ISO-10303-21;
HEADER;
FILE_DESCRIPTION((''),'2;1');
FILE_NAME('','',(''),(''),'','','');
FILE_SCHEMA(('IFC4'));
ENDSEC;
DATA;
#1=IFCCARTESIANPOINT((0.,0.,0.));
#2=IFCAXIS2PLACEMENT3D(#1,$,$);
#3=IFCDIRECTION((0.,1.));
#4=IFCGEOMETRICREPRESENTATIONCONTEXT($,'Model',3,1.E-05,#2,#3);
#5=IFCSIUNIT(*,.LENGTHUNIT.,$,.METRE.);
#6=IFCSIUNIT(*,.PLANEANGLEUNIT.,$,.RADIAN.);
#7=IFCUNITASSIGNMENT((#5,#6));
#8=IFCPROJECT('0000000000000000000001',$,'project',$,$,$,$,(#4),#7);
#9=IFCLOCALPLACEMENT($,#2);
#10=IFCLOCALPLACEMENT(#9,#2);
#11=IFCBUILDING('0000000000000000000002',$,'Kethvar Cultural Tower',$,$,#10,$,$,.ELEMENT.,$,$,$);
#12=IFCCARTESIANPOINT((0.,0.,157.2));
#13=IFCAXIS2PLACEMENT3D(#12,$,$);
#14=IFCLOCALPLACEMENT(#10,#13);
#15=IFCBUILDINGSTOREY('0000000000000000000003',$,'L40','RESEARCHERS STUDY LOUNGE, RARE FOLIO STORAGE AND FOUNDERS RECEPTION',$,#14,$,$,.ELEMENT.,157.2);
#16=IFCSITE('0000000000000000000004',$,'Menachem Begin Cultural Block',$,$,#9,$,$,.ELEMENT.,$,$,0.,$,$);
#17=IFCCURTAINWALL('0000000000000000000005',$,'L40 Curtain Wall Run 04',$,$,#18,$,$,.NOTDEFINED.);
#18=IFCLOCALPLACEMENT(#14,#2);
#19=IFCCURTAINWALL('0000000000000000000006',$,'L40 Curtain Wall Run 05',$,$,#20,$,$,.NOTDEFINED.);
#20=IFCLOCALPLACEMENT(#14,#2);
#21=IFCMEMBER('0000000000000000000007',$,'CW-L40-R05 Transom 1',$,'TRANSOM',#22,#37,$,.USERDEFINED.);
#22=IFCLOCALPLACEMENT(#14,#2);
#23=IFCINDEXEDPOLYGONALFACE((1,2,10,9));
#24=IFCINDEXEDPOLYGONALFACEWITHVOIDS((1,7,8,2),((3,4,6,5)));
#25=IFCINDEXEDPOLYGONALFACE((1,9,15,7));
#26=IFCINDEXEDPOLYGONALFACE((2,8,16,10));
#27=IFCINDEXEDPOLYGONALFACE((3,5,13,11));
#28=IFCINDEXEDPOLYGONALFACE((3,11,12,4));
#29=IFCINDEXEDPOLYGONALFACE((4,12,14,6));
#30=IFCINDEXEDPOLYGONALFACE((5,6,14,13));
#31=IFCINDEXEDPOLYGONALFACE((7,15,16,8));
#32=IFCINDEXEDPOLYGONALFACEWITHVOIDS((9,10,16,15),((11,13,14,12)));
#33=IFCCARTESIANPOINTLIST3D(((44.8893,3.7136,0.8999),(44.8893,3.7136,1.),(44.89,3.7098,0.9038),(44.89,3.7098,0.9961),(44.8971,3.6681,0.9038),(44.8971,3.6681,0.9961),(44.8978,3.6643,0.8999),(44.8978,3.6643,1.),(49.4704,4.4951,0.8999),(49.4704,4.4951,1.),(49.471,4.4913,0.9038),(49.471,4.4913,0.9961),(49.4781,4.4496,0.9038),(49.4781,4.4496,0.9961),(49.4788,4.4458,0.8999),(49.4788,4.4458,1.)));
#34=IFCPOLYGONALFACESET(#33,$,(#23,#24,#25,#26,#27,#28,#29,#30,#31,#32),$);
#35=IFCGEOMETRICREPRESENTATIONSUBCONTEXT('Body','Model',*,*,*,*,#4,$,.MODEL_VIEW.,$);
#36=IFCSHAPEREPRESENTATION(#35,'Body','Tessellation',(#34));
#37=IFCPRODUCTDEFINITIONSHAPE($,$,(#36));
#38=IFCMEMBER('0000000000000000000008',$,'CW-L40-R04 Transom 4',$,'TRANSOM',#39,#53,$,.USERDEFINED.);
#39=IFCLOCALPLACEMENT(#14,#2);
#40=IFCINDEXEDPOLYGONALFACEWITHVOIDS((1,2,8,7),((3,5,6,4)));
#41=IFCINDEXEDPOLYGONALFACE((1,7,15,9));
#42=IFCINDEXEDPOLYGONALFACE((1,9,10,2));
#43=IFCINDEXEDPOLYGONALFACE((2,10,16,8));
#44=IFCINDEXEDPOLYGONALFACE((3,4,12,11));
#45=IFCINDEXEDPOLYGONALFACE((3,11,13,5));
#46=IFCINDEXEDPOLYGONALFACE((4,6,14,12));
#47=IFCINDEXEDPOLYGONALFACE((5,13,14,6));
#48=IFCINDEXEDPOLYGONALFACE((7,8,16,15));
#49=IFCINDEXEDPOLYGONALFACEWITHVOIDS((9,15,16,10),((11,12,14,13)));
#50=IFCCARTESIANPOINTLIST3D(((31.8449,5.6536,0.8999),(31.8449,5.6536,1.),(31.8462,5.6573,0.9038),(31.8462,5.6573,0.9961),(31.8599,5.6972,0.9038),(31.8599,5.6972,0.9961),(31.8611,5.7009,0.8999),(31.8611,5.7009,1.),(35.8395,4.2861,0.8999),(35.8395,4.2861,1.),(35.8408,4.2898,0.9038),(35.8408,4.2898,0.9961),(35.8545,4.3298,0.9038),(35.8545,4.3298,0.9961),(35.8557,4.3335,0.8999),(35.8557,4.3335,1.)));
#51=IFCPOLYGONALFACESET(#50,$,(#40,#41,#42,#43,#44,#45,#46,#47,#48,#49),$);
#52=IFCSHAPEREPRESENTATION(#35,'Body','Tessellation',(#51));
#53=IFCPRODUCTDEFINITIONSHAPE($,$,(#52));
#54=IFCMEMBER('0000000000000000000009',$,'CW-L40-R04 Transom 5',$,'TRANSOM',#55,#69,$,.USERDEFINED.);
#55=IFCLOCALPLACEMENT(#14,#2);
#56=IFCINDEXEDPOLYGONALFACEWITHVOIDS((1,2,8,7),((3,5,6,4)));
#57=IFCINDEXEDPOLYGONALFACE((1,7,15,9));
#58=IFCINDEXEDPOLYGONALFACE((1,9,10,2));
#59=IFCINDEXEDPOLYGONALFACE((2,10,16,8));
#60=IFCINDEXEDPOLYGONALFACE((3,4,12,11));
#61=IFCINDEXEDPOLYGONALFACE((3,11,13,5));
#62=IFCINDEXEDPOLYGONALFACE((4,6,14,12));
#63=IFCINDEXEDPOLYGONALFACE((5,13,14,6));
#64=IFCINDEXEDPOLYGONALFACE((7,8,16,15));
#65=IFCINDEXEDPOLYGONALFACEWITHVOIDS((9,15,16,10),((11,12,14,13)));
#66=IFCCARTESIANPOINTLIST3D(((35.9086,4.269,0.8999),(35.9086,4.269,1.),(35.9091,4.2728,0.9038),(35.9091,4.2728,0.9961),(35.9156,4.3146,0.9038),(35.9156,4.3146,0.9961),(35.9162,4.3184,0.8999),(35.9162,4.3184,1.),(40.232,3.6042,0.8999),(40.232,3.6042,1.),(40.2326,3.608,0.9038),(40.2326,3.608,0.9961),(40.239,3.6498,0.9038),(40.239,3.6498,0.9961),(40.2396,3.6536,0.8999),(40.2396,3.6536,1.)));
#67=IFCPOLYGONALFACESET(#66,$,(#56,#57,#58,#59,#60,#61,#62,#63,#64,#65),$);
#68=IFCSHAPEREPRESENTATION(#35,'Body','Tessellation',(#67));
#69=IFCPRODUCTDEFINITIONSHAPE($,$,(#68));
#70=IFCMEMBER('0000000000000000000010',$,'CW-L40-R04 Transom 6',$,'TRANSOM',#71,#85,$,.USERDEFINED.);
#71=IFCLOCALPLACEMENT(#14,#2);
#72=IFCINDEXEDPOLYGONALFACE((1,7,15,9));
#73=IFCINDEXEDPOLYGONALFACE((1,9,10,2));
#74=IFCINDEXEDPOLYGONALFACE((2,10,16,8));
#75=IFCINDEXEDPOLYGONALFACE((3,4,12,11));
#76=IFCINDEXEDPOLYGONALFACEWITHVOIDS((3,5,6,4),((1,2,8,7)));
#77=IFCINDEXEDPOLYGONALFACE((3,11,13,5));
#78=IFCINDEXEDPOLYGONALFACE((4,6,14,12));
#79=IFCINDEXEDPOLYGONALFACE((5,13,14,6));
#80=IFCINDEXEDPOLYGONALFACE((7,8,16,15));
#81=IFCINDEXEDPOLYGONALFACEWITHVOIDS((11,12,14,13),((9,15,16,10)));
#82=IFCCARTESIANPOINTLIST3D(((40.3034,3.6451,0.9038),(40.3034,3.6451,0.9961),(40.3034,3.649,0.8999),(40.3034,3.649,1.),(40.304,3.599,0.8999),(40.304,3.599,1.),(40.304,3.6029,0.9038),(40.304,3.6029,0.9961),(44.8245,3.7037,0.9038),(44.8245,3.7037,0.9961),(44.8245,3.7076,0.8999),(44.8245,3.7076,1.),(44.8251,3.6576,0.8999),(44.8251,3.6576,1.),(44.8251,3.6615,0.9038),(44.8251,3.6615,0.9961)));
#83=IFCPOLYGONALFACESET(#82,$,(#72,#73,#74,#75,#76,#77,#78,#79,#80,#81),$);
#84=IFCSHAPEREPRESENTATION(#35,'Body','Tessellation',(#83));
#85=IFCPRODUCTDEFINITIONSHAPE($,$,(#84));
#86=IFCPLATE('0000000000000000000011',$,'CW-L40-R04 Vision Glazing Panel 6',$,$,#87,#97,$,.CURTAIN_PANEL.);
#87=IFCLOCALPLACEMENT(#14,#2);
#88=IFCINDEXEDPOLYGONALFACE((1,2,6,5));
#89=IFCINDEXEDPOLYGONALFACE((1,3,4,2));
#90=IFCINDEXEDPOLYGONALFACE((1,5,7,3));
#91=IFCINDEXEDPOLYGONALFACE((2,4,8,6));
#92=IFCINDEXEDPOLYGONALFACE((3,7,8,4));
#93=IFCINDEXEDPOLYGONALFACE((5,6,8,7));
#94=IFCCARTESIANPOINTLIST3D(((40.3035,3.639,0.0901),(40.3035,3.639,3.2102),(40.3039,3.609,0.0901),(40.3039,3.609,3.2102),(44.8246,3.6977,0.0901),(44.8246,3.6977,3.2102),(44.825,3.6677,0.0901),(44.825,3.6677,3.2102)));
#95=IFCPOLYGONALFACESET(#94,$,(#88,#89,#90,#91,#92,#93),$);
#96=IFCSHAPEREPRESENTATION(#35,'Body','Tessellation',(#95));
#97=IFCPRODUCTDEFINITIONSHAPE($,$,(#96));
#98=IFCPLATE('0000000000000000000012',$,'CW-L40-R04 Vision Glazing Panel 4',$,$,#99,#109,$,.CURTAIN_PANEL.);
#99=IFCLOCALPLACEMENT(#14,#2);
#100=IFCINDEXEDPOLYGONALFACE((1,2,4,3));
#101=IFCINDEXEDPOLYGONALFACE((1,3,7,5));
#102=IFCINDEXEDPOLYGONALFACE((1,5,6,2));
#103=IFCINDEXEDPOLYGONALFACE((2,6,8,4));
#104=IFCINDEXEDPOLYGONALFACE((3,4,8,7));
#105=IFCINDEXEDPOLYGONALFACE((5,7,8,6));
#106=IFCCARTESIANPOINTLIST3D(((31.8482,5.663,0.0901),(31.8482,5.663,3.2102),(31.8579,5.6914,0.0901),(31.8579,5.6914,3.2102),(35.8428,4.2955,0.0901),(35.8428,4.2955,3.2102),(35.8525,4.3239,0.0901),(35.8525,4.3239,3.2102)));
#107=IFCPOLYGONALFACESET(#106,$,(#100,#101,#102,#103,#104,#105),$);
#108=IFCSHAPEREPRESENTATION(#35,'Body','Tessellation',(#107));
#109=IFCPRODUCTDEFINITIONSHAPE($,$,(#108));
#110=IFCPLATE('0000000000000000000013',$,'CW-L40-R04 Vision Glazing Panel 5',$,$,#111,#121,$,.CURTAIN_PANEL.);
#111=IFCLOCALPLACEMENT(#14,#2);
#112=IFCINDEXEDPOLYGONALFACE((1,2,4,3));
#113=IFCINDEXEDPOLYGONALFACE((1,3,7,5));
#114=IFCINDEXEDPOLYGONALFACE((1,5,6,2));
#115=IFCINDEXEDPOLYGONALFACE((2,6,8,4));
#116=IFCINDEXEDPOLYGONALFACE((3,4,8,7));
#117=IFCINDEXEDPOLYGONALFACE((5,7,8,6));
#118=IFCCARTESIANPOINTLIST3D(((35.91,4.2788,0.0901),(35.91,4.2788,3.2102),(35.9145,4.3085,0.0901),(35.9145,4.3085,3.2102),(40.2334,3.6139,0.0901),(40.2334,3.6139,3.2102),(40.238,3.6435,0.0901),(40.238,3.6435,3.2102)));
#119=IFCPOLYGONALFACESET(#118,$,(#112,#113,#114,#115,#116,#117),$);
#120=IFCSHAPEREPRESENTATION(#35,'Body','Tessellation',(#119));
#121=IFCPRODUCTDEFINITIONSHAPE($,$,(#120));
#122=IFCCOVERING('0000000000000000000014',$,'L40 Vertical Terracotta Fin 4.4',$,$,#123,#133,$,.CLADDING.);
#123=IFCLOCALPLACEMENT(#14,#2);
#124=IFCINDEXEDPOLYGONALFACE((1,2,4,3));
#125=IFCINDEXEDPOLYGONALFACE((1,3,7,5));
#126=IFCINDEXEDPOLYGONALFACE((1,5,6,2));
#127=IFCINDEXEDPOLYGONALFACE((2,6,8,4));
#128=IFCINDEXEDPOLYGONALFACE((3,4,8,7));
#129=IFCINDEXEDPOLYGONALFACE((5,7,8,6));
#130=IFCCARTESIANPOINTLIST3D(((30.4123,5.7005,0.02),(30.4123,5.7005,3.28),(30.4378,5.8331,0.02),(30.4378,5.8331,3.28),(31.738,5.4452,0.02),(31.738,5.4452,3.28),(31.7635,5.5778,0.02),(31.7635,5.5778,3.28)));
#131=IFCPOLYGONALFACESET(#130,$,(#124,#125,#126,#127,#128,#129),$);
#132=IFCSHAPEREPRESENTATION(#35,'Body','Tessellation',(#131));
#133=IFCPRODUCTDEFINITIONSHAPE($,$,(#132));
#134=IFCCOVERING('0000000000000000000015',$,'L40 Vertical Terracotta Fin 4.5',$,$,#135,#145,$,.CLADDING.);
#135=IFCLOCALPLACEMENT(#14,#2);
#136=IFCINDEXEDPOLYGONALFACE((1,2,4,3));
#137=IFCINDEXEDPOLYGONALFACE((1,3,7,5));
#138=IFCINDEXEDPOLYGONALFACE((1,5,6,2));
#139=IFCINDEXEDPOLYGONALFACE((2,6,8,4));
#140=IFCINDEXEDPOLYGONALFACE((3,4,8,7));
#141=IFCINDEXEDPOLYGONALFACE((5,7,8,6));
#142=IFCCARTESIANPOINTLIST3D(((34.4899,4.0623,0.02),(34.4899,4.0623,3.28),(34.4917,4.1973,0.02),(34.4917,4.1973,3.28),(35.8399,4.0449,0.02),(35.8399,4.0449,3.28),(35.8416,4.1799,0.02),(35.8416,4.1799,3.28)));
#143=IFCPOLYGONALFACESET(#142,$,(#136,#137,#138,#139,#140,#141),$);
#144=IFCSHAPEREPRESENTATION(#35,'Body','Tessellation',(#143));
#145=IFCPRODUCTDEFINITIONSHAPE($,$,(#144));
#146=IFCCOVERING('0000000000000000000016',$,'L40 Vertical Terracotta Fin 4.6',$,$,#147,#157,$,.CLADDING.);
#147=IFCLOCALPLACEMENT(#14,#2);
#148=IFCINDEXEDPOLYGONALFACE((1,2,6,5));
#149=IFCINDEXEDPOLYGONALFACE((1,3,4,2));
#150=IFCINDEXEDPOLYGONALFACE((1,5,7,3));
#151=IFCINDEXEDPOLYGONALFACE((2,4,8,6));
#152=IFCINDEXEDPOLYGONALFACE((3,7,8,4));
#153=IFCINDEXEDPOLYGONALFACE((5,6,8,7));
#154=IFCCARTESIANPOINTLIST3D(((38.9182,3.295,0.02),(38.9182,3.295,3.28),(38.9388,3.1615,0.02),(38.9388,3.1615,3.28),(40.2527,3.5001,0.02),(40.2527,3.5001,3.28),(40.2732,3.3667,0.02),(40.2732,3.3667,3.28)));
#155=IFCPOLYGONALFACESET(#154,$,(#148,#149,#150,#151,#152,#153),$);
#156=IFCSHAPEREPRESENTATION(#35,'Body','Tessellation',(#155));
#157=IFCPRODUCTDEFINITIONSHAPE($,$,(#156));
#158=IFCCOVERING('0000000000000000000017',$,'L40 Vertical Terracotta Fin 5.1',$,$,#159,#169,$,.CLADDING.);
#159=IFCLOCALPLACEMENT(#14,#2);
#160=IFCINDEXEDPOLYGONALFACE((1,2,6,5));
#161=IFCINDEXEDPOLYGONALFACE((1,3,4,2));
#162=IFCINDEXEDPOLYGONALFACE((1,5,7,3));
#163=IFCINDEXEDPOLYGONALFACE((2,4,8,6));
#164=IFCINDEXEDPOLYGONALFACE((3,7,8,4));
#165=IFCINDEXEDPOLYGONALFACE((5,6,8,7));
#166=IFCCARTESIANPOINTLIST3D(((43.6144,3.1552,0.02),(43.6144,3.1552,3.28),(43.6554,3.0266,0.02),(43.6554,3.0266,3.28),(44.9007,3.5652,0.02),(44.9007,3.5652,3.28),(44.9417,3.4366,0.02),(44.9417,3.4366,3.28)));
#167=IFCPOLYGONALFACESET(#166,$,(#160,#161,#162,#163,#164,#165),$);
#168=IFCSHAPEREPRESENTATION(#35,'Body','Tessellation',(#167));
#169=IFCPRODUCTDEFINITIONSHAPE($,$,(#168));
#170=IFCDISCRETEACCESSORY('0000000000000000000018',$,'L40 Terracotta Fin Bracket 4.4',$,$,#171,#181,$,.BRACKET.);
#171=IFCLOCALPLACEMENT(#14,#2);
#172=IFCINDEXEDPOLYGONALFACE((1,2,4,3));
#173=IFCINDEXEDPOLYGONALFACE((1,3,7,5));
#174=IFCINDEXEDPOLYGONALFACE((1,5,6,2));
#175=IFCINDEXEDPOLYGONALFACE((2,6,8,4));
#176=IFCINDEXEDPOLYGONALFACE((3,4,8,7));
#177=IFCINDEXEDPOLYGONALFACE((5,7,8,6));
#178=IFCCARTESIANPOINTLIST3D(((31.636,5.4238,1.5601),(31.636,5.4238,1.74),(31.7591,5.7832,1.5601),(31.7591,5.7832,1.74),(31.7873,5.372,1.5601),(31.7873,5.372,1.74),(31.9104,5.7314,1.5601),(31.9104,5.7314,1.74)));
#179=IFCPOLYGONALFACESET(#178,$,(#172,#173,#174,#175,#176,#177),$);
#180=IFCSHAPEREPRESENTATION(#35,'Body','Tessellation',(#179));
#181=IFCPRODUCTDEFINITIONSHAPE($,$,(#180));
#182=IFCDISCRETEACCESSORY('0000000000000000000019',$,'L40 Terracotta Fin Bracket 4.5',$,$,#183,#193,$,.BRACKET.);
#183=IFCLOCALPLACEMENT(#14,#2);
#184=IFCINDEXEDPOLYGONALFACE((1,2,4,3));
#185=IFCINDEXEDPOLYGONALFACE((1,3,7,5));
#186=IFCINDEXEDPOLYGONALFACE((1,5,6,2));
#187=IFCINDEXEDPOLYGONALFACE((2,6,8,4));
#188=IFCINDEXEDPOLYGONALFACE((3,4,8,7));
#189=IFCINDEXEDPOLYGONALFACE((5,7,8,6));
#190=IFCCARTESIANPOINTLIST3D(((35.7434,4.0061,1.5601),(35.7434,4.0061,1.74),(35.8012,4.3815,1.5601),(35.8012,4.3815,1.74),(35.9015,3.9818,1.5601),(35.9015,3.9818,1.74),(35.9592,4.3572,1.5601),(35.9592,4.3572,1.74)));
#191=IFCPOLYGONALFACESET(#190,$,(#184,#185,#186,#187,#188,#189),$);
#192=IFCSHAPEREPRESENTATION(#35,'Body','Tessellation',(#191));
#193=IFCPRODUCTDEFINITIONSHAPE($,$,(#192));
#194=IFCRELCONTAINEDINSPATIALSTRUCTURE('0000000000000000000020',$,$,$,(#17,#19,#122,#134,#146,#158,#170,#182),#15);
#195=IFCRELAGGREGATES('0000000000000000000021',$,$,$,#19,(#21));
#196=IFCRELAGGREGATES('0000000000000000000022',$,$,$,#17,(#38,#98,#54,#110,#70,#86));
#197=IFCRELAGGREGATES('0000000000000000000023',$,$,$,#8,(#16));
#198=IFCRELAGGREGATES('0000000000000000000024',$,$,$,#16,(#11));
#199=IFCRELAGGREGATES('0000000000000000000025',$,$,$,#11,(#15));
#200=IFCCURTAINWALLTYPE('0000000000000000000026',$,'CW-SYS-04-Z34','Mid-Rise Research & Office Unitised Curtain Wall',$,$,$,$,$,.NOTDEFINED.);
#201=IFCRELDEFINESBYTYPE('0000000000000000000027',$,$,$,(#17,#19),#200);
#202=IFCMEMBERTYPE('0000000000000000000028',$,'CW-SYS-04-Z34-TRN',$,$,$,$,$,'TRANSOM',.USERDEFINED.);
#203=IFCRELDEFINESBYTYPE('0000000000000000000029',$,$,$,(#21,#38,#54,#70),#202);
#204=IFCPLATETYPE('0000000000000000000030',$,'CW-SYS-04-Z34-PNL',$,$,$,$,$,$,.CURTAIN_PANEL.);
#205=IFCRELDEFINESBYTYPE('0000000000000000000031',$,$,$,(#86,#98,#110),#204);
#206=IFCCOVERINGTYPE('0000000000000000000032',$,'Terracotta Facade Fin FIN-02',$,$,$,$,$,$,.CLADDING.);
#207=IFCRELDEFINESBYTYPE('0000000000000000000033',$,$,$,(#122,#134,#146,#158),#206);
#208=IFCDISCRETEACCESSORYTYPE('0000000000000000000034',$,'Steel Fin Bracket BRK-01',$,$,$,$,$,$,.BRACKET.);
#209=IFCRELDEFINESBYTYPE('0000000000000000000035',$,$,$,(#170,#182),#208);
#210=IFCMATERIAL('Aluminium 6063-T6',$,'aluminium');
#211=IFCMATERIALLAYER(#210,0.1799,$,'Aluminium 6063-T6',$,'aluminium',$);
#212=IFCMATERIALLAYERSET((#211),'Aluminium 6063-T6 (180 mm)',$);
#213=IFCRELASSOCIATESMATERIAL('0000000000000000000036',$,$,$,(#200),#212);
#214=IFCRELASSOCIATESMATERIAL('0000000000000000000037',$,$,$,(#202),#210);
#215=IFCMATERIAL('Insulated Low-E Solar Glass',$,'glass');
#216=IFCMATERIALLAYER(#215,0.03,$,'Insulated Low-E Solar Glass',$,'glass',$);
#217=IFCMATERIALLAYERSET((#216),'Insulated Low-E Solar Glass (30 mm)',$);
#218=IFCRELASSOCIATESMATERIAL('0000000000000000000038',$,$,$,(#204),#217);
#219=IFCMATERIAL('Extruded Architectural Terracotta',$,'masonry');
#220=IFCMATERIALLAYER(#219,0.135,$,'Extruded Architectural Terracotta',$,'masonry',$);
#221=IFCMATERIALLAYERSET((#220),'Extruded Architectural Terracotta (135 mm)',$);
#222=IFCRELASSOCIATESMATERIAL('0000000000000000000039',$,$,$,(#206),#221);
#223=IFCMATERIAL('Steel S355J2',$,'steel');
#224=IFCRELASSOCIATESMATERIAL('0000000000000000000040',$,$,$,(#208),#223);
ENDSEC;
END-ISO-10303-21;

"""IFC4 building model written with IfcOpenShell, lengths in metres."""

from ifc_helpers import new_model, si_unit, direction, frame, origin, origin_2d, place, context, subcontext, project, spatial, rectangle, hollow_rectangle, extrude, source, transform, mapped, material, layer, layer_set, material_profile, profile_set, type_object, element, aggregate, save


model = new_model("IFC4")

# Units and contexts
model_context = context("Model", 3, precision=1e-05, world=origin(), true_north=direction((0.0, 1.0)))
body_context = subcontext(model_context, "Body", "Model", "MODEL_VIEW")
ifc_project = project(units=[si_unit("LENGTHUNIT", "METRE"), si_unit("PLANEANGLEUNIT", "RADIAN")], contexts=[model_context])

# Site, building, storey
site_placement = place(None, origin())
site = spatial("IfcSite", under=ifc_project, at=site_placement, Name="Menachem Begin Cultural Block", CompositionType="ELEMENT", RefElevation=0.0)
building_placement = place(site_placement, origin())
building = spatial("IfcBuilding", under=site, at=building_placement, Name="Kethvar Cultural Tower", CompositionType="ELEMENT")
storey_placement = place(building_placement, frame((0.0, 0.0, 157.2)))
storey = spatial("IfcBuildingStorey", under=building, at=storey_placement, Name="L40", Description="RESEARCHERS STUDY LOUNGE, RARE FOLIO STORAGE AND FOUNDERS RECEPTION", CompositionType="ELEMENT", Elevation=157.2)

# Shared definitions
ifc_material_1 = material(Name="Steel S355J2", Category="steel")

# Curtain walls, member
ifc_material_2 = material(Name="Aluminium 6063-T6", Category="aluminium")
ifc_layer_1 = layer(ifc_material_2, 0.1799, Name="Aluminium 6063-T6", Category="aluminium")
ifc_layer_set_1 = layer_set([ifc_layer_1], Name="Aluminium 6063-T6 (180 mm)")
curtain_wall_type = type_object("IfcCurtainWallType", Name="CW-SYS-04-Z34", Description="Mid-Rise Research & Office Unitised Curtain Wall", PredefinedType="NOTDEFINED", material=ifc_layer_set_1)
curtain_wall_1_placement = place(storey_placement, origin())
curtain_wall_1 = element("IfcCurtainWall", 1, at=curtain_wall_1_placement, inside=storey, type_object=curtain_wall_type, Name="L40 Curtain Wall Run 04", PredefinedType="NOTDEFINED")
curtain_wall_2_placement = place(storey_placement, origin())
curtain_wall_2 = element("IfcCurtainWall", 2, at=curtain_wall_2_placement, inside=storey, type_object=curtain_wall_type, Name="L40 Curtain Wall Run 05", PredefinedType="NOTDEFINED")
ifc_material_profile_1 = material_profile(ifc_material_2, hollow_rectangle(XDim=0.05, YDim=0.1001, WallThickness=0.0039, at=origin_2d()), Name="Aluminium 6063-T6 — RHS100x50x4")
ifc_profile_set_1 = profile_set([ifc_material_profile_1], Name="Aluminium 6063-T6 — RHS100x50x4")
member_type_1 = type_object("IfcMemberType", Name="CW-SYS-04-Z34-TRN", ElementType="TRANSOM", PredefinedType="USERDEFINED", material=ifc_profile_set_1)
shared_shape_1 = source(origin(), body_context, "Body", "SweptSolid", [
    extrude(hollow_rectangle(XDim=0.05, YDim=0.1001, WallThickness=0.0039, at=origin_2d()), origin(), (0.0, 0.0, 1.0), 4.6472),
])
member_1_placement = place(storey_placement, frame((44.8936, 3.689, 0.95), z_axis=(0.985759, 0.168163, 0.0), x_axis=(-0.168163, 0.985759, 0.0)))
member_1 = element("IfcMember", 3, at=member_1_placement, type_object=member_type_1, Name="CW-L40-R05 Transom 1", ObjectType="TRANSOM", PredefinedType="USERDEFINED", context=body_context, shape_type="MappedRepresentation", body=[
    mapped(shared_shape_1, transform((0.0, 0.0, 0.0), scale=1.0)),
])
aggregate(curtain_wall_2, [member_1])

# Members
shared_shape_2 = source(origin(), body_context, "Body", "SweptSolid", [
    extrude(hollow_rectangle(XDim=0.05, YDim=0.1001, WallThickness=0.0039, at=origin_2d()), origin(), (0.0, 0.0, 1.0), 4.2222),
])
member_2_placement = place(storey_placement, frame((31.853, 5.6772, 0.95), z_axis=(0.946102, -0.323867, 0.0), x_axis=(0.323867, 0.946102, 0.0)))
member_2 = element("IfcMember", 4, at=member_2_placement, type_object=member_type_1, Name="CW-L40-R04 Transom 4", ObjectType="TRANSOM", PredefinedType="USERDEFINED", context=body_context, shape_type="MappedRepresentation", body=[
    mapped(shared_shape_2, transform((0.0, 0.0, 0.0), scale=1.0)),
])
shared_shape_3 = source(origin(), body_context, "Body", "SweptSolid", [
    extrude(hollow_rectangle(XDim=0.05, YDim=0.1001, WallThickness=0.0039, at=origin_2d()), origin(), (0.0, 0.0, 1.0), 4.3743),
])
member_3_placement = place(storey_placement, frame((35.9124, 4.2937, 0.95), z_axis=(0.988384, -0.151977, 0.0), x_axis=(0.151977, 0.988384, 0.0)))
member_3 = element("IfcMember", 5, at=member_3_placement, type_object=member_type_1, Name="CW-L40-R04 Transom 5", ObjectType="TRANSOM", PredefinedType="USERDEFINED", context=body_context, shape_type="MappedRepresentation", body=[
    mapped(shared_shape_3, transform((0.0, 0.0, 0.0), scale=1.0)),
])
shared_shape_4 = source(origin(), body_context, "Body", "SweptSolid", [
    extrude(hollow_rectangle(XDim=0.05, YDim=0.1001, WallThickness=0.0039, at=origin_2d()), origin(), (0.0, 0.0, 1.0), 4.5215),
])
member_4_placement = place(storey_placement, frame((40.3037, 3.624, 0.95), z_axis=(0.999916, 0.012959, 0.0), x_axis=(-0.012959, 0.999916, 0.0)))
member_4 = element("IfcMember", 6, at=member_4_placement, type_object=member_type_1, Name="CW-L40-R04 Transom 6", ObjectType="TRANSOM", PredefinedType="USERDEFINED", context=body_context, shape_type="MappedRepresentation", body=[
    mapped(shared_shape_4, transform((0.0, 0.0, 0.0), scale=1.0)),
])

# Plates
ifc_material_3 = material(Name="Insulated Low-E Solar Glass", Category="glass")
ifc_layer_2 = layer(ifc_material_3, 0.03, Name="Insulated Low-E Solar Glass", Category="glass")
ifc_layer_set_2 = layer_set([ifc_layer_2], Name="Insulated Low-E Solar Glass (30 mm)")
plate_type = type_object("IfcPlateType", Name="CW-SYS-04-Z34-PNL", PredefinedType="CURTAIN_PANEL", material=ifc_layer_set_2)
shared_shape_5 = source(origin(), body_context, "Body", "SweptSolid", [
    extrude(rectangle(XDim=4.5215, YDim=0.03, at=origin_2d()), origin(), (0.0, 0.0, 1.0), 3.1201),
])
plate_1_placement = place(storey_placement, frame((42.5642, 3.6533, 0.0901), z_axis=(0.0, 0.0, 1.0), x_axis=(0.999916, 0.012985, 0.0)))
plate_1 = element("IfcPlate", 7, at=plate_1_placement, type_object=plate_type, Name="CW-L40-R04 Vision Glazing Panel 6", PredefinedType="CURTAIN_PANEL", context=body_context, shape_type="MappedRepresentation", body=[
    mapped(shared_shape_5, transform((0.0, 0.0, 0.0), scale=1.0)),
])
shared_shape_6 = source(origin(), body_context, "Body", "SweptSolid", [
    extrude(rectangle(XDim=4.2222, YDim=0.03, at=origin_2d()), origin(), (0.0, 0.0, 1.0), 3.1201),
])
plate_2_placement = place(storey_placement, frame((33.8503, 4.9934, 0.0901), z_axis=(0.0, 0.0, 1.0), x_axis=(0.946097, -0.323884, 0.0)))
plate_2 = element("IfcPlate", 8, at=plate_2_placement, type_object=plate_type, Name="CW-L40-R04 Vision Glazing Panel 4", PredefinedType="CURTAIN_PANEL", context=body_context, shape_type="MappedRepresentation", body=[
    mapped(shared_shape_6, transform((0.0, 0.0, 0.0), scale=1.0)),
])
shared_shape_7 = source(origin(), body_context, "Body", "SweptSolid", [
    extrude(rectangle(XDim=4.3743, YDim=0.03, at=origin_2d()), origin(), (0.0, 0.0, 1.0), 3.1201),
])
plate_3_placement = place(storey_placement, frame((38.074, 3.9612, 0.0901), z_axis=(0.0, 0.0, 1.0), x_axis=(0.988377, -0.15202, 0.0)))
plate_3 = element("IfcPlate", 9, at=plate_3_placement, type_object=plate_type, Name="CW-L40-R04 Vision Glazing Panel 5", PredefinedType="CURTAIN_PANEL", context=body_context, shape_type="MappedRepresentation", body=[
    mapped(shared_shape_7, transform((0.0, 0.0, 0.0), scale=1.0)),
])
aggregate(curtain_wall_1, [member_2, plate_2, member_3, plate_3, member_4, plate_1])

# Coverings
ifc_material_4 = material(Name="Extruded Architectural Terracotta", Category="masonry")
ifc_layer_3 = layer(ifc_material_4, 0.135, Name="Extruded Architectural Terracotta", Category="masonry")
ifc_layer_set_3 = layer_set([ifc_layer_3], Name="Extruded Architectural Terracotta (135 mm)")
covering_type = type_object("IfcCoveringType", Name="Terracotta Facade Fin FIN-02", PredefinedType="CLADDING", material=ifc_layer_set_3)
shared_shape_8 = source(origin(), body_context, "Body", "SweptSolid", [
    extrude(rectangle(XDim=1.3501, YDim=0.135, at=origin_2d()), origin(), (0.0, 0.0, 1.0), 3.26),
])
for number, where, z_axis, x_axis, name in (
    (10, (31.0879, 5.6392, 0.02), (0.0, 0.0, 1.0), (-0.981959, 0.189095, 0.0), "L40 Vertical Terracotta Fin 4.4"),
    (11, (35.1658, 4.1211, 0.02), (0.0, 0.0, 1.0), (-0.999917, 0.012915, 0.0), "L40 Vertical Terracotta Fin 4.5"),
    (12, (39.5957, 3.3308, 0.02), (0.0, 0.0, 1.0), (-0.988388, -0.151951, 0.0), "L40 Vertical Terracotta Fin 4.6"),
    (13, (44.2781, 3.2959, 0.02), (0.0, 0.0, 1.0), (-0.952768, -0.303701, 0.0), "L40 Vertical Terracotta Fin 5.1"),
):
    element("IfcCovering", number, at=place(storey_placement, frame(where, z_axis=z_axis, x_axis=x_axis)), inside=storey, type_object=covering_type, Name=name, PredefinedType="CLADDING", context=body_context, shape_type="MappedRepresentation", body=[
        mapped(shared_shape_8, transform((0.0, 0.0, 0.0), scale=1.0)),
    ])

# Discrete accessories
discrete_accessory_type = type_object("IfcDiscreteAccessoryType", Name="Steel Fin Bracket BRK-01", PredefinedType="BRACKET", material=ifc_material_1)
shared_shape_9 = source(origin(), body_context, "Body", "SweptSolid", [
    extrude(rectangle(XDim=0.3799, YDim=0.1599, at=origin_2d()), origin(), (0.0, 0.0, 1.0), 0.1799),
])
for number, where, z_axis, x_axis, name in (
    (14, (31.7732, 5.5776, 1.5601), (0.0, 0.0, 1.0), (-0.323917, -0.946085, 0.0), "L40 Terracotta Fin Bracket 4.4"),
    (15, (35.8513, 4.1816, 1.5601), (0.0, 0.0, 1.0), (-0.151951, -0.988388, 0.0), "L40 Terracotta Fin Bracket 4.5"),
):
    element("IfcDiscreteAccessory", number, at=place(storey_placement, frame(where, z_axis=z_axis, x_axis=x_axis)), inside=storey, type_object=discrete_accessory_type, Name=name, PredefinedType="BRACKET", context=body_context, shape_type="MappedRepresentation", body=[
        mapped(shared_shape_9, transform((0.0, 0.0, 0.0), scale=1.0)),
    ])

save(model, "model.ifc")
